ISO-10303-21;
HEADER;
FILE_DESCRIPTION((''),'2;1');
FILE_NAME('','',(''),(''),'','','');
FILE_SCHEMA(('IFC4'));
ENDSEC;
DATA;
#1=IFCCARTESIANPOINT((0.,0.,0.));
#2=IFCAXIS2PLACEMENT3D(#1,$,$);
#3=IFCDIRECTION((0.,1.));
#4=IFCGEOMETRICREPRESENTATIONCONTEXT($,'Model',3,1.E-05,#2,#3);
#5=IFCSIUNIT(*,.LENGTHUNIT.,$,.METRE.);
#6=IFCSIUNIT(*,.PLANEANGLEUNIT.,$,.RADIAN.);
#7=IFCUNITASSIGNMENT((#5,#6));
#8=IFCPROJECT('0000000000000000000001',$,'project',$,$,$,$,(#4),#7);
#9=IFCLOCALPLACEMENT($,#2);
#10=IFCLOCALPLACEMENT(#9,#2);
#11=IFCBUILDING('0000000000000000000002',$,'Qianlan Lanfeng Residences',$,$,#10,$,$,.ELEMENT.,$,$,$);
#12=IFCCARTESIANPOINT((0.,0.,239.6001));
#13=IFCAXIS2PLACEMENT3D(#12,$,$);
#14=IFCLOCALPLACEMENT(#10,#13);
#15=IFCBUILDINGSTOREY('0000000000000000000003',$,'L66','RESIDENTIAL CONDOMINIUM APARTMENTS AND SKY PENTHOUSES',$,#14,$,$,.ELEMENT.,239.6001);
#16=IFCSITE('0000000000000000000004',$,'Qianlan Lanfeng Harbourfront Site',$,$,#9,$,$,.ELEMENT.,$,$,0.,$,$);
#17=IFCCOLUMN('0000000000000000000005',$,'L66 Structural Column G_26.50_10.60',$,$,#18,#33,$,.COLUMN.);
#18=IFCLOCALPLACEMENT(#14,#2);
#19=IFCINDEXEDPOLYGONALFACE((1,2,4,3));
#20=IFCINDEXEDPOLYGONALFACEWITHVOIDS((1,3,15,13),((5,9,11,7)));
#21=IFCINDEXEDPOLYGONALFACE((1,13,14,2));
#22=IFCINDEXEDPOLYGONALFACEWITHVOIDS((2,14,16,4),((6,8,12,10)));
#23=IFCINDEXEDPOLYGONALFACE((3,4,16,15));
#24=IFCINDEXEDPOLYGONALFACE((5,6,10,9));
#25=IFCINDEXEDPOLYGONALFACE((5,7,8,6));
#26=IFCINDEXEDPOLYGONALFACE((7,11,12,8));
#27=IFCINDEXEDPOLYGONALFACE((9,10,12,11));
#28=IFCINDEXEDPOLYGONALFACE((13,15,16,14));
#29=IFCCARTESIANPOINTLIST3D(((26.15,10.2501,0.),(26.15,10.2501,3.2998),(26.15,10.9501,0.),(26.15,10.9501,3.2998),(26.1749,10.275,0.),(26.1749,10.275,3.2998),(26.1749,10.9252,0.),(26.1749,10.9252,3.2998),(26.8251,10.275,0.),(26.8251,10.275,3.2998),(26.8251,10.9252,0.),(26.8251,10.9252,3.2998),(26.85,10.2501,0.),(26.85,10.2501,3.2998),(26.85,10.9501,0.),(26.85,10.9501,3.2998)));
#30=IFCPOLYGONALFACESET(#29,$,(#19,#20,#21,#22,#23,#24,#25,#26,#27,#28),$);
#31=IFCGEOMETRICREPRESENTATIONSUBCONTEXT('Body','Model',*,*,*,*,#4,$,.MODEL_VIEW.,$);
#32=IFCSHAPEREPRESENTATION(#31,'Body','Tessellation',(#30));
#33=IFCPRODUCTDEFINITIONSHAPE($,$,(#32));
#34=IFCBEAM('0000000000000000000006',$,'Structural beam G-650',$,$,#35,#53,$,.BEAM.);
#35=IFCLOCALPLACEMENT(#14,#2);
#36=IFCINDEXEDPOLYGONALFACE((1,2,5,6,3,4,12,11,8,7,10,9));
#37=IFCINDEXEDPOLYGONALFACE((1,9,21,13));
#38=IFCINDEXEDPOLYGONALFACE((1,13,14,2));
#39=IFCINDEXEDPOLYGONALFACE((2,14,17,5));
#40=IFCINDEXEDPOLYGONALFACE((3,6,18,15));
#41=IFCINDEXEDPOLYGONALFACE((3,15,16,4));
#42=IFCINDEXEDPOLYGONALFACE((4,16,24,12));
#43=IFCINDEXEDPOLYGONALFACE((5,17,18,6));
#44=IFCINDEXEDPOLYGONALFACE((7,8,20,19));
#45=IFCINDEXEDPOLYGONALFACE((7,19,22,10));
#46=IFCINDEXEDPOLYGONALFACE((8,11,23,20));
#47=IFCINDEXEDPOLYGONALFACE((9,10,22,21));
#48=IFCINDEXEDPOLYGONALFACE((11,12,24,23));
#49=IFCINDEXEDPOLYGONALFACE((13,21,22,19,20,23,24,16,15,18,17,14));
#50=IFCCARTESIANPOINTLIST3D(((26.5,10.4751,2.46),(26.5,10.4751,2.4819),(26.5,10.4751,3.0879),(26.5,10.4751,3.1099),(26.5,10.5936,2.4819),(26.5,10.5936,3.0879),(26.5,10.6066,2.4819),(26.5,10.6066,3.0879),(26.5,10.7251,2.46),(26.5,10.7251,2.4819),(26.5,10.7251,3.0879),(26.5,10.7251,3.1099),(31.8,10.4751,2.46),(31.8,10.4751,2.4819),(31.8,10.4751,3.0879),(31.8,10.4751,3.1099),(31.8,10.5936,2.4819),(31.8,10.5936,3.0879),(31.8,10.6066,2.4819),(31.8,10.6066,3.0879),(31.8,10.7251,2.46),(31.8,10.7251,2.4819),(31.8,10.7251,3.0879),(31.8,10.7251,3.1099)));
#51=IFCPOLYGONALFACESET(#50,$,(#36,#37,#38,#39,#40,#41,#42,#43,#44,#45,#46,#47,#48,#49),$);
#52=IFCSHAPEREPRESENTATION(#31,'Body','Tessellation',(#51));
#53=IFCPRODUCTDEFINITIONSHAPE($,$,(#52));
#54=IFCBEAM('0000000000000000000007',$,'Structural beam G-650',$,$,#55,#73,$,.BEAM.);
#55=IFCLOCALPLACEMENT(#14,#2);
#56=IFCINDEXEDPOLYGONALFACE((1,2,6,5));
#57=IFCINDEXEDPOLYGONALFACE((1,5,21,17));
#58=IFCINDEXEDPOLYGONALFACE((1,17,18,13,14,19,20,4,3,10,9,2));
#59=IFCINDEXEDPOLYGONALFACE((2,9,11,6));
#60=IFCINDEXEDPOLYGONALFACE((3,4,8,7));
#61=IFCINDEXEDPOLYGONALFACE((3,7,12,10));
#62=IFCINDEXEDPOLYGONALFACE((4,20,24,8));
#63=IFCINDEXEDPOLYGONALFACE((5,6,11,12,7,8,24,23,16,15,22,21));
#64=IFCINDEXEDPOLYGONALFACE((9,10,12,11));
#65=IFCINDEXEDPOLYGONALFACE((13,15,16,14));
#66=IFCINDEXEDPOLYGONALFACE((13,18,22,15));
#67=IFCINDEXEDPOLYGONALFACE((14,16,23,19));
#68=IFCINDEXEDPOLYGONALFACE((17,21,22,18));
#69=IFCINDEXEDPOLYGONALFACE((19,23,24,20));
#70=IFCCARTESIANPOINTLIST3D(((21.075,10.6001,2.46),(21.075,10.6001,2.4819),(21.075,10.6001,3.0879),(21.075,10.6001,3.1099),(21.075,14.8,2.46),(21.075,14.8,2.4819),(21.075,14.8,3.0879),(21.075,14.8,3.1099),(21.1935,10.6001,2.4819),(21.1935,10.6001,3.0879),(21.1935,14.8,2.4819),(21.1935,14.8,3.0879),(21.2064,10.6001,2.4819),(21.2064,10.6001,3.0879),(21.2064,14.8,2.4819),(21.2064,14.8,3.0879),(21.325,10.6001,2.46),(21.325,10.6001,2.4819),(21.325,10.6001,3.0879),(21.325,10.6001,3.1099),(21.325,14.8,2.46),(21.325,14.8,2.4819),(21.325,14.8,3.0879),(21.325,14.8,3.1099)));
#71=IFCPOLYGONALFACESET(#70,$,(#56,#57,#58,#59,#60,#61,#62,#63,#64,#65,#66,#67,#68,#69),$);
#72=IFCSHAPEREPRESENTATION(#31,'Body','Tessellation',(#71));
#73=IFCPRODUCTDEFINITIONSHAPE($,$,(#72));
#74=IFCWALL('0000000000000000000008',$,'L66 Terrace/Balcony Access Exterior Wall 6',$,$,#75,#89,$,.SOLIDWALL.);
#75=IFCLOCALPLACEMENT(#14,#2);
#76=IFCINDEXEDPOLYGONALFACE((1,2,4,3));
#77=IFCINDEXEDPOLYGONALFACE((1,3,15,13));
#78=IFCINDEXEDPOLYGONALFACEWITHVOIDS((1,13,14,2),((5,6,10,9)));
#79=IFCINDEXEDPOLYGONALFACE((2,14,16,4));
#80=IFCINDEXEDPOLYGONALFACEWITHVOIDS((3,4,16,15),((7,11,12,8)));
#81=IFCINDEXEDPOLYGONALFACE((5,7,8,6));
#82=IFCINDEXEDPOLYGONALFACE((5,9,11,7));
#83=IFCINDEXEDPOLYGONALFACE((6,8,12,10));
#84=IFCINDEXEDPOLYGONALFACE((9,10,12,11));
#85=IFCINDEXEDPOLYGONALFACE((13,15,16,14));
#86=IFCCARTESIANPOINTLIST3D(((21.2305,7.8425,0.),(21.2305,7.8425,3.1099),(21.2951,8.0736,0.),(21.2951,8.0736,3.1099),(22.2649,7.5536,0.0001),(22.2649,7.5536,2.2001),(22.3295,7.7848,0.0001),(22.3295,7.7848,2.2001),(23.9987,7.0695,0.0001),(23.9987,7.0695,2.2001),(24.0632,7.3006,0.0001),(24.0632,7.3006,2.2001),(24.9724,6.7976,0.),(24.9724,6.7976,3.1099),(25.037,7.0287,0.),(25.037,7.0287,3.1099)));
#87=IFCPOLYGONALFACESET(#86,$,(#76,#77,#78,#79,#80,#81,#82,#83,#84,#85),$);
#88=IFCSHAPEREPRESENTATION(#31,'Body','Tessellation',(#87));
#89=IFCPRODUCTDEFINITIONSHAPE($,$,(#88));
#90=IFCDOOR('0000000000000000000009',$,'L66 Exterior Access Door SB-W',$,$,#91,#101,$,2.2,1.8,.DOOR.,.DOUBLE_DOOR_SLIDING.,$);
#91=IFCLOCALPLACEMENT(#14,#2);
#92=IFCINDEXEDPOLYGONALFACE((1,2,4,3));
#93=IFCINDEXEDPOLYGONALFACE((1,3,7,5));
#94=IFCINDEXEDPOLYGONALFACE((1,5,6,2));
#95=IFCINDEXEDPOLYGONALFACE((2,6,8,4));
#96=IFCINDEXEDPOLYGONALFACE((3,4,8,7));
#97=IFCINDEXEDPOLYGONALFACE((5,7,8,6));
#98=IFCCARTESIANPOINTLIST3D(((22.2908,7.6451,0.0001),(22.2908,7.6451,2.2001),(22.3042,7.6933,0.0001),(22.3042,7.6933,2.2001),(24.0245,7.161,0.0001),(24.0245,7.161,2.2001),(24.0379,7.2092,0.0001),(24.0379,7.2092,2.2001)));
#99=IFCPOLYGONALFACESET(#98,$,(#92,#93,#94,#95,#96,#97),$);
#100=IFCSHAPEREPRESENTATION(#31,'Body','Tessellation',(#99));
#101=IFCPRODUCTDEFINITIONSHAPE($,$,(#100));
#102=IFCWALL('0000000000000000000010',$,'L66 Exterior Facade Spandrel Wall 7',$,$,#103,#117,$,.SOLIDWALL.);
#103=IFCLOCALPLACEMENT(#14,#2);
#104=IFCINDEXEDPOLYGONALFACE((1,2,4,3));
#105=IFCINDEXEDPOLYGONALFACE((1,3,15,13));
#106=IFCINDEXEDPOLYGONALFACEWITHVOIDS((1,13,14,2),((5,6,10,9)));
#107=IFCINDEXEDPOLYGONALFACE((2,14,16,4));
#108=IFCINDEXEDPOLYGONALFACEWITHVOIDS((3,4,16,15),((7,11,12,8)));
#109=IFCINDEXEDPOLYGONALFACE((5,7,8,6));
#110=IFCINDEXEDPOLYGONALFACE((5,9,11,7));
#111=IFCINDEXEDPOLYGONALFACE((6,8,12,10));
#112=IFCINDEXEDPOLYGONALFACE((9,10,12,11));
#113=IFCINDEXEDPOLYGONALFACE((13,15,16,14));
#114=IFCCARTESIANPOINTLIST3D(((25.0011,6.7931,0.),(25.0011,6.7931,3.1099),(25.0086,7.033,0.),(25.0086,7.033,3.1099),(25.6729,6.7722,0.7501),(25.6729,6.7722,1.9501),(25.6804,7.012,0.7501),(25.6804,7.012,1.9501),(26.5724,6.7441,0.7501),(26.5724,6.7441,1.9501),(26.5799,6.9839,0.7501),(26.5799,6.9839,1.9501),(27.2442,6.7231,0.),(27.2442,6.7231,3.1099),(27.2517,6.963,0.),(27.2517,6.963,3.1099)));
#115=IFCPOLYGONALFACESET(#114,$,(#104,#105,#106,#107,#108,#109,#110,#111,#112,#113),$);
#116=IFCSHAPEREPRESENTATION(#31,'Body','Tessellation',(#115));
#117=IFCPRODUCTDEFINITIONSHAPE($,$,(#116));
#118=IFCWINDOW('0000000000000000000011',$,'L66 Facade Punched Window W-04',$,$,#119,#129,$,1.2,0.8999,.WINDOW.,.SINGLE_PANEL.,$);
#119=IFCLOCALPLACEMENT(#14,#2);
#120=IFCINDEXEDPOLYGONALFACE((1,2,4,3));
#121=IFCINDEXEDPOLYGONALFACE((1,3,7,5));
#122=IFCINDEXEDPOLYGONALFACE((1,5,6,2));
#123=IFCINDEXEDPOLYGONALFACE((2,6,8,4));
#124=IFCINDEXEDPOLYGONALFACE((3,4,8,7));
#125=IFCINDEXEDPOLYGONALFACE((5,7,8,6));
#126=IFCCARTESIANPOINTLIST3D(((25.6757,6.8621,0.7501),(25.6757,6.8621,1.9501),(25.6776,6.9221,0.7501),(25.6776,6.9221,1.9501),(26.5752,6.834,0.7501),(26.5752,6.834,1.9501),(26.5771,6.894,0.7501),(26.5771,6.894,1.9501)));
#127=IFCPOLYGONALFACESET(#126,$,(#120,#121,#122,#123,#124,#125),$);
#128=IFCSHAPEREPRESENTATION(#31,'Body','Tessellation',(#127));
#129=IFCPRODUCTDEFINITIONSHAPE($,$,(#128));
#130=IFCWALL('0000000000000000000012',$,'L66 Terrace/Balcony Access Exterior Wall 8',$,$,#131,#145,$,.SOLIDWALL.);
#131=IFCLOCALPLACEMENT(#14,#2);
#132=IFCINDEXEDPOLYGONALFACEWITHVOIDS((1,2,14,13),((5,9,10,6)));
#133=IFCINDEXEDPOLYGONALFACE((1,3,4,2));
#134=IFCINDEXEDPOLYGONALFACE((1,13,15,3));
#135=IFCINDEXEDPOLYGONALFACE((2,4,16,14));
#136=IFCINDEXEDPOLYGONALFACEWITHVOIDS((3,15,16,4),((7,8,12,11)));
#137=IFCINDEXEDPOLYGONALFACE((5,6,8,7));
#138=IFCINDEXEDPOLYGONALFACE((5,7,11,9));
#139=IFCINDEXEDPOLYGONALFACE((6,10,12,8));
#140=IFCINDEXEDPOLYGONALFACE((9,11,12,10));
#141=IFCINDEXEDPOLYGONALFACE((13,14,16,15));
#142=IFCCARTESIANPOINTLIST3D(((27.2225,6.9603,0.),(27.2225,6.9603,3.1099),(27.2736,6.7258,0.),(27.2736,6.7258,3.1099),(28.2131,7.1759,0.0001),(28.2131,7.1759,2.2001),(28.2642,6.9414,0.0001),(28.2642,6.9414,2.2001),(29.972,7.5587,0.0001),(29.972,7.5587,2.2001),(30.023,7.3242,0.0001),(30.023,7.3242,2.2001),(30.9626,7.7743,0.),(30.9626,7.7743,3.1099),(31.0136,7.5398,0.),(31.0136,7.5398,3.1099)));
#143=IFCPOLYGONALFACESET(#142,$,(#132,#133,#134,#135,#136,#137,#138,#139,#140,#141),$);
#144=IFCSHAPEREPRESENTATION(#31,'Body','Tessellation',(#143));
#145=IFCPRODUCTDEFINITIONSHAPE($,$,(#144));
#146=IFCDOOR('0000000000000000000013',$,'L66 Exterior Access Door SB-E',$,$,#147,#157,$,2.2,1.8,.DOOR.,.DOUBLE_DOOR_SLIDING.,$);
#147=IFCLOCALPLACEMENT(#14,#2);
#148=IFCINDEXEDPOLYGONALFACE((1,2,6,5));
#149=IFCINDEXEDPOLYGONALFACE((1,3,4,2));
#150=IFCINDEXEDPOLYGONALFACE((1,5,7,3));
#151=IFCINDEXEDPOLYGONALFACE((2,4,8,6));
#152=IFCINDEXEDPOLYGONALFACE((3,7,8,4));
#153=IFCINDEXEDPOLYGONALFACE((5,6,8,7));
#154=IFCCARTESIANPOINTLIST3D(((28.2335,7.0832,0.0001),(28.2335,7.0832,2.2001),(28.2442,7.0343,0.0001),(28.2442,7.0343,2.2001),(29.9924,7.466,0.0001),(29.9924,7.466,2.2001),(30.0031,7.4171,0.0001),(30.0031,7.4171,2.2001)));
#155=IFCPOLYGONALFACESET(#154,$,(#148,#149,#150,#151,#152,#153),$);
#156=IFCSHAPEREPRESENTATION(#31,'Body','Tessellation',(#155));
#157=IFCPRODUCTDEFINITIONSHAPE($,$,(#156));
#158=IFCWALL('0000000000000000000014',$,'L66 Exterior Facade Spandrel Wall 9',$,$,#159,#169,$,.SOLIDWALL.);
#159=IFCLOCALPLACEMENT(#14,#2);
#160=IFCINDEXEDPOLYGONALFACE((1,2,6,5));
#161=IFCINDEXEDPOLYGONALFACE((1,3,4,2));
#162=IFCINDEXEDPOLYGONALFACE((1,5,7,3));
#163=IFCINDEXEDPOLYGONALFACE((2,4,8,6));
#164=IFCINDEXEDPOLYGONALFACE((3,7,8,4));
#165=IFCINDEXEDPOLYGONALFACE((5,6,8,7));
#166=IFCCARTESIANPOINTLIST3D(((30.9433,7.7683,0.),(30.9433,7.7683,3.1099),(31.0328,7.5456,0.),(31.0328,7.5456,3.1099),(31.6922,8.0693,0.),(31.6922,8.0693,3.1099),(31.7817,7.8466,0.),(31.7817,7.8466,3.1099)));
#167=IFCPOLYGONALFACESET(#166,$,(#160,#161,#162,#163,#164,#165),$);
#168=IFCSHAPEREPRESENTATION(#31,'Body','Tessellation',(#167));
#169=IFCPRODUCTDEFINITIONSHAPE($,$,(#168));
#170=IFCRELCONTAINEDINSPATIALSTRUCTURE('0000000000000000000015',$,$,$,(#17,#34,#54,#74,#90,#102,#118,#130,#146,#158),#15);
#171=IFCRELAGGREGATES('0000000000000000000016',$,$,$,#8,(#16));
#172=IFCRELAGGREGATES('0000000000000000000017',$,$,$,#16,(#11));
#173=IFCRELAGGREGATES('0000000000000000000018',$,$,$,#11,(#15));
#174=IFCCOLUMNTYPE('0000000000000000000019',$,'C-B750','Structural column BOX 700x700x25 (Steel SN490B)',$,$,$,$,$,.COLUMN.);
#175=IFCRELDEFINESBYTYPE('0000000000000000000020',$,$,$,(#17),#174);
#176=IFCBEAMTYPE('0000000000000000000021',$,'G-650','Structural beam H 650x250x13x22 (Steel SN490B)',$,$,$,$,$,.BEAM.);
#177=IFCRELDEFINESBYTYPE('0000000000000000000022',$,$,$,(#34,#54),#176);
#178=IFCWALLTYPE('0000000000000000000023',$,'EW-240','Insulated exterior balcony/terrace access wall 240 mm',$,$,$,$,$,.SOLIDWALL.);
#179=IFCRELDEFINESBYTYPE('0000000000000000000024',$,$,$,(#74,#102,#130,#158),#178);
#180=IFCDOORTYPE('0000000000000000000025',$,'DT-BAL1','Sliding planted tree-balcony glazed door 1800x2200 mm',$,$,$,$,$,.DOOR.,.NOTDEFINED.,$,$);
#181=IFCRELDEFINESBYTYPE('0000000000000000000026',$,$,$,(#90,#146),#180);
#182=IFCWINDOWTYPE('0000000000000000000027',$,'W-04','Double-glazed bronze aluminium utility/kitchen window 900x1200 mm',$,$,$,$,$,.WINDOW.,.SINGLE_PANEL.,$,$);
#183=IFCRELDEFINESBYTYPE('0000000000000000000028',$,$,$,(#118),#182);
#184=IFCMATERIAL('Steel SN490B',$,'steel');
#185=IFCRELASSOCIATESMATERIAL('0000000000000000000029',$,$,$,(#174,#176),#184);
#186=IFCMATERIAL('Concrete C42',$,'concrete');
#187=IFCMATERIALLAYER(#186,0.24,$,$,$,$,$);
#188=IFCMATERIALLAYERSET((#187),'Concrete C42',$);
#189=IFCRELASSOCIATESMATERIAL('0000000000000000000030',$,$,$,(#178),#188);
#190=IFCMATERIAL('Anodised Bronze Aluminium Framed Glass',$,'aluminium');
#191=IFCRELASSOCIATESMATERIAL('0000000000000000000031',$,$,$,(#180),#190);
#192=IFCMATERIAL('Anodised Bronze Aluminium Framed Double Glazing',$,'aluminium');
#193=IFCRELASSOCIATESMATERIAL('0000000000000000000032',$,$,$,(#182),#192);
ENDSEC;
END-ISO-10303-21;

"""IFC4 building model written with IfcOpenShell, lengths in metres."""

from ifc_helpers import new_model, si_unit, direction, frame, frame_2d, origin, origin_2d, place, context, subcontext, project, spatial, rectangle, hollow_rectangle, i_section, extrude, material, layer, layer_set, material_profile, profile_set, type_object, element, fill, save


model = new_model("IFC4")

# Units and contexts
model_context = context("Model", 3, precision=1e-05, world=origin(), true_north=direction((0.0, 1.0)))
body_context = subcontext(model_context, "Body", "Model", "MODEL_VIEW")
ifc_project = project(units=[si_unit("LENGTHUNIT", "METRE"), si_unit("PLANEANGLEUNIT", "RADIAN")], contexts=[model_context])

# Site, building, storey
site_placement = place(None, origin())
site = spatial("IfcSite", under=ifc_project, at=site_placement, Name="Qianlan Lanfeng Harbourfront Site", CompositionType="ELEMENT", RefElevation=0.0)
building_placement = place(site_placement, origin())
building = spatial("IfcBuilding", under=site, at=building_placement, Name="Qianlan Lanfeng Residences", CompositionType="ELEMENT")
storey_placement = place(building_placement, frame((0.0, 0.0, 239.6001)))
storey = spatial("IfcBuildingStorey", under=building, at=storey_placement, Name="L66", Description="RESIDENTIAL CONDOMINIUM APARTMENTS AND SKY PENTHOUSES", CompositionType="ELEMENT", Elevation=239.6001)

# Column
ifc_material_1 = material(Name="Steel SN490B", Category="steel")
ifc_material_profile_1 = material_profile(ifc_material_1, hollow_rectangle(XDim=0.7, YDim=0.7, WallThickness=0.0249, at=origin_2d()), Name="BOX 700x700x25")
ifc_profile_set_1 = profile_set([ifc_material_profile_1], Name="Steel SN490B")
column_type = type_object("IfcColumnType", Name="C-B750", Description="Structural column BOX 700x700x25 (Steel SN490B)", PredefinedType="COLUMN", material=ifc_profile_set_1)
column_placement = place(storey_placement, frame((26.5, 10.6001, 0.0), z_axis=(0.0, 0.0, 1.0), x_axis=(1.0, 0.0, 0.0)))
element("IfcColumn", 1, at=column_placement, inside=storey, type_object=column_type, Name="L66 Structural Column G_26.50_10.60", PredefinedType="COLUMN", context=body_context, shape_type="SweptSolid", body=[
    extrude(hollow_rectangle(XDim=0.7, YDim=0.7, WallThickness=0.0249, at=origin_2d()), origin(), (0.0, 0.0, 1.0), 3.2998),
])

# Beams
ifc_material_profile_2 = material_profile(ifc_material_1, i_section(OverallWidth=0.25, OverallDepth=0.6499, WebThickness=0.0129, FlangeThickness=0.022, at=origin_2d()), Name="H 650x250x13x22")
ifc_profile_set_2 = profile_set([ifc_material_profile_2], Name="Steel SN490B")
beam_type = type_object("IfcBeamType", Name="G-650", Description="Structural beam H 650x250x13x22 (Steel SN490B)", PredefinedType="BEAM", material=ifc_profile_set_2)
beam_1_placement = place(storey_placement, frame((26.5, 10.6001, 2.7849), z_axis=(1.0, 0.0, 0.0), x_axis=(0.0, 1.0, 0.0)))
element("IfcBeam", 2, at=beam_1_placement, inside=storey, type_object=beam_type, Name="Structural beam G-650", PredefinedType="BEAM", context=body_context, shape_type="SweptSolid", body=[
    extrude(i_section(OverallWidth=0.25, OverallDepth=0.6499, WebThickness=0.0129, FlangeThickness=0.022, at=origin_2d()), origin(), (0.0, 0.0, 1.0), 5.3),
])
beam_2_placement = place(storey_placement, frame((21.2, 10.6001, 2.7849), z_axis=(0.0, 1.0, 0.0), x_axis=(-1.0, 0.0, 0.0)))
element("IfcBeam", 3, at=beam_2_placement, inside=storey, type_object=beam_type, Name="Structural beam G-650", PredefinedType="BEAM", context=body_context, shape_type="SweptSolid", body=[
    extrude(i_section(OverallWidth=0.25, OverallDepth=0.6499, WebThickness=0.0129, FlangeThickness=0.022, at=origin_2d()), origin(), (0.0, 0.0, 1.0), 4.2),
])

# Wall, opening, door
ifc_material_2 = material(Name="Concrete C42", Category="concrete")
ifc_layer_1 = layer(ifc_material_2, 0.24)
ifc_layer_set_1 = layer_set([ifc_layer_1], Name="Concrete C42")
wall_type_1 = type_object("IfcWallType", Name="EW-240", Description="Insulated exterior balcony/terrace access wall 240 mm", PredefinedType="SOLIDWALL", material=ifc_layer_set_1)
wall_1_placement = place(storey_placement, frame((21.2629, 7.958, 0.0), z_axis=(0.0, 0.0, 1.0), x_axis=(0.963152, -0.268956, 0.0)))
wall_1 = element("IfcWall", 4, at=wall_1_placement, inside=storey, type_object=wall_type_1, Name="L66 Terrace/Balcony Access Exterior Wall 6", PredefinedType="SOLIDWALL", context=body_context, shape_type="SweptSolid", body=[
    extrude(rectangle(XDim=3.885, YDim=0.24, at=frame_2d((1.9424, 0.0))), origin(), (0.0, 0.0, 1.0), 3.1099),
])
opening_1_placement = place(wall_1_placement, frame((1.074, 0.0, 0.0)))
opening_1 = element("IfcOpeningElement", 5, at=opening_1_placement, cuts=wall_1, PredefinedType="OPENING", context=body_context, shape_type="SweptSolid", body=[
    extrude(rectangle(XDim=1.8, YDim=2.2, at=frame_2d((0.8999, 1.1001))), frame((0.0, 0.1299, 0.0), z_axis=(0.0, -1.0, 0.0), x_axis=(1.0, 0.0, 0.0)), (0.0, 0.0, 1.0), 0.26),
])
ifc_material_3 = material(Name="Anodised Bronze Aluminium Framed Glass", Category="aluminium")
door_type = type_object("IfcDoorType", Name="DT-BAL1", Description="Sliding planted tree-balcony glazed door 1800x2200 mm", OperationType="NOTDEFINED", PredefinedType="DOOR", material=ifc_material_3)
door_1_placement = place(opening_1_placement, frame((1.8, 0.0, 0.0), z_axis=(0.0, 0.0, 1.0), x_axis=(-1.0, 0.0, 0.0)))
door_1 = element("IfcDoor", 6, at=door_1_placement, inside=storey, type_object=door_type, Name="L66 Exterior Access Door SB-W", OperationType="DOUBLE_DOOR_SLIDING", OverallHeight=2.2, OverallWidth=1.8, PredefinedType="DOOR", context=body_context, shape_type="SweptSolid", body=[
    extrude(rectangle(XDim=1.8, YDim=2.2, at=frame_2d((0.8999, 1.1001))), frame((0.0, 0.0249, 0.0), z_axis=(0.0, -1.0, 0.0), x_axis=(1.0, 0.0, 0.0)), (0.0, 0.0, 1.0), 0.05),
])
fill(opening_1, door_1)

# Wall, opening, window
wall_2_placement = place(storey_placement, frame((25.0049, 6.9131, 0.0), z_axis=(0.0, 0.0, 1.0), x_axis=(0.999513, -0.031221, 0.0)))
wall_2 = element("IfcWall", 7, at=wall_2_placement, inside=storey, type_object=wall_type_1, Name="L66 Exterior Facade Spandrel Wall 7", PredefinedType="SOLIDWALL", context=body_context, shape_type="SweptSolid", body=[
    extrude(rectangle(XDim=2.2441, YDim=0.24, at=frame_2d((1.1221, 0.0))), origin(), (0.0, 0.0, 1.0), 3.1099),
])
opening_2_placement = place(wall_2_placement, frame((0.6721, 0.0, 0.75)))
opening_2 = element("IfcOpeningElement", 8, at=opening_2_placement, cuts=wall_2, PredefinedType="OPENING", context=body_context, shape_type="SweptSolid", body=[
    extrude(rectangle(XDim=0.8999, YDim=1.2, at=frame_2d((0.45, 0.6001))), frame((0.0, 0.1299, 0.0), z_axis=(0.0, -1.0, 0.0), x_axis=(1.0, 0.0, 0.0)), (0.0, 0.0, 1.0), 0.26),
])
ifc_material_4 = material(Name="Anodised Bronze Aluminium Framed Double Glazing", Category="aluminium")
window_type = type_object("IfcWindowType", Name="W-04", Description="Double-glazed bronze aluminium utility/kitchen window 900x1200 mm", PartitioningType="SINGLE_PANEL", PredefinedType="WINDOW", material=ifc_material_4)
window_placement = place(opening_2_placement, origin())
window = element("IfcWindow", 9, at=window_placement, inside=storey, type_object=window_type, Name="L66 Facade Punched Window W-04", OverallHeight=1.2, OverallWidth=0.8999, PartitioningType="SINGLE_PANEL", PredefinedType="WINDOW", context=body_context, shape_type="SweptSolid", body=[
    extrude(rectangle(XDim=0.8999, YDim=1.2, at=frame_2d((0.45, 0.6001))), frame((0.0, 0.03, 0.0), z_axis=(0.0, -1.0, 0.0), x_axis=(1.0, 0.0, 0.0)), (0.0, 0.0, 1.0), 0.0601),
])
fill(opening_2, window)

# Wall, opening, door
wall_3_placement = place(storey_placement, frame((27.248, 6.843, 0.0), z_axis=(0.0, 0.0, 1.0), x_axis=(0.977126, 0.21266, 0.0)))
wall_3 = element("IfcWall", 10, at=wall_3_placement, inside=storey, type_object=wall_type_1, Name="L66 Terrace/Balcony Access Exterior Wall 8", PredefinedType="SOLIDWALL", context=body_context, shape_type="SweptSolid", body=[
    extrude(rectangle(XDim=3.8276, YDim=0.24, at=frame_2d((1.9138, 0.0))), origin(), (0.0, 0.0, 1.0), 3.1099),
])
opening_3_placement = place(wall_3_placement, frame((1.0139, 0.0, 0.0)))
opening_3 = element("IfcOpeningElement", 11, at=opening_3_placement, cuts=wall_3, PredefinedType="OPENING", context=body_context, shape_type="SweptSolid", body=[
    extrude(rectangle(XDim=1.8, YDim=2.2, at=frame_2d((0.8999, 1.1001))), frame((0.0, 0.1299, 0.0), z_axis=(0.0, -1.0, 0.0), x_axis=(1.0, 0.0, 0.0)), (0.0, 0.0, 1.0), 0.26),
])
door_2_placement = place(opening_3_placement, frame((1.8, 0.0, 0.0), z_axis=(0.0, 0.0, 1.0), x_axis=(-1.0, 0.0, 0.0)))
door_2 = element("IfcDoor", 12, at=door_2_placement, inside=storey, type_object=door_type, Name="L66 Exterior Access Door SB-E", OperationType="DOUBLE_DOOR_SLIDING", OverallHeight=2.2, OverallWidth=1.8, PredefinedType="DOOR", context=body_context, shape_type="SweptSolid", body=[
    extrude(rectangle(XDim=1.8, YDim=2.2, at=frame_2d((0.8999, 1.1001))), frame((0.0, 0.0249, 0.0), z_axis=(0.0, -1.0, 0.0), x_axis=(1.0, 0.0, 0.0)), (0.0, 0.0, 1.0), 0.05),
])
fill(opening_3, door_2)

# Wall
wall_4_placement = place(storey_placement, frame((30.988, 7.657, 0.0), z_axis=(0.0, 0.0, 1.0), x_axis=(0.927871, 0.372902, 0.0)))
element("IfcWall", 13, at=wall_4_placement, inside=storey, type_object=wall_type_1, Name="L66 Exterior Facade Spandrel Wall 9", PredefinedType="SOLIDWALL", context=body_context, shape_type="SweptSolid", body=[
    extrude(rectangle(XDim=0.8071, YDim=0.24, at=frame_2d((0.4036, 0.0))), origin(), (0.0, 0.0, 1.0), 3.1099),
])

save(model, "model.ifc")
